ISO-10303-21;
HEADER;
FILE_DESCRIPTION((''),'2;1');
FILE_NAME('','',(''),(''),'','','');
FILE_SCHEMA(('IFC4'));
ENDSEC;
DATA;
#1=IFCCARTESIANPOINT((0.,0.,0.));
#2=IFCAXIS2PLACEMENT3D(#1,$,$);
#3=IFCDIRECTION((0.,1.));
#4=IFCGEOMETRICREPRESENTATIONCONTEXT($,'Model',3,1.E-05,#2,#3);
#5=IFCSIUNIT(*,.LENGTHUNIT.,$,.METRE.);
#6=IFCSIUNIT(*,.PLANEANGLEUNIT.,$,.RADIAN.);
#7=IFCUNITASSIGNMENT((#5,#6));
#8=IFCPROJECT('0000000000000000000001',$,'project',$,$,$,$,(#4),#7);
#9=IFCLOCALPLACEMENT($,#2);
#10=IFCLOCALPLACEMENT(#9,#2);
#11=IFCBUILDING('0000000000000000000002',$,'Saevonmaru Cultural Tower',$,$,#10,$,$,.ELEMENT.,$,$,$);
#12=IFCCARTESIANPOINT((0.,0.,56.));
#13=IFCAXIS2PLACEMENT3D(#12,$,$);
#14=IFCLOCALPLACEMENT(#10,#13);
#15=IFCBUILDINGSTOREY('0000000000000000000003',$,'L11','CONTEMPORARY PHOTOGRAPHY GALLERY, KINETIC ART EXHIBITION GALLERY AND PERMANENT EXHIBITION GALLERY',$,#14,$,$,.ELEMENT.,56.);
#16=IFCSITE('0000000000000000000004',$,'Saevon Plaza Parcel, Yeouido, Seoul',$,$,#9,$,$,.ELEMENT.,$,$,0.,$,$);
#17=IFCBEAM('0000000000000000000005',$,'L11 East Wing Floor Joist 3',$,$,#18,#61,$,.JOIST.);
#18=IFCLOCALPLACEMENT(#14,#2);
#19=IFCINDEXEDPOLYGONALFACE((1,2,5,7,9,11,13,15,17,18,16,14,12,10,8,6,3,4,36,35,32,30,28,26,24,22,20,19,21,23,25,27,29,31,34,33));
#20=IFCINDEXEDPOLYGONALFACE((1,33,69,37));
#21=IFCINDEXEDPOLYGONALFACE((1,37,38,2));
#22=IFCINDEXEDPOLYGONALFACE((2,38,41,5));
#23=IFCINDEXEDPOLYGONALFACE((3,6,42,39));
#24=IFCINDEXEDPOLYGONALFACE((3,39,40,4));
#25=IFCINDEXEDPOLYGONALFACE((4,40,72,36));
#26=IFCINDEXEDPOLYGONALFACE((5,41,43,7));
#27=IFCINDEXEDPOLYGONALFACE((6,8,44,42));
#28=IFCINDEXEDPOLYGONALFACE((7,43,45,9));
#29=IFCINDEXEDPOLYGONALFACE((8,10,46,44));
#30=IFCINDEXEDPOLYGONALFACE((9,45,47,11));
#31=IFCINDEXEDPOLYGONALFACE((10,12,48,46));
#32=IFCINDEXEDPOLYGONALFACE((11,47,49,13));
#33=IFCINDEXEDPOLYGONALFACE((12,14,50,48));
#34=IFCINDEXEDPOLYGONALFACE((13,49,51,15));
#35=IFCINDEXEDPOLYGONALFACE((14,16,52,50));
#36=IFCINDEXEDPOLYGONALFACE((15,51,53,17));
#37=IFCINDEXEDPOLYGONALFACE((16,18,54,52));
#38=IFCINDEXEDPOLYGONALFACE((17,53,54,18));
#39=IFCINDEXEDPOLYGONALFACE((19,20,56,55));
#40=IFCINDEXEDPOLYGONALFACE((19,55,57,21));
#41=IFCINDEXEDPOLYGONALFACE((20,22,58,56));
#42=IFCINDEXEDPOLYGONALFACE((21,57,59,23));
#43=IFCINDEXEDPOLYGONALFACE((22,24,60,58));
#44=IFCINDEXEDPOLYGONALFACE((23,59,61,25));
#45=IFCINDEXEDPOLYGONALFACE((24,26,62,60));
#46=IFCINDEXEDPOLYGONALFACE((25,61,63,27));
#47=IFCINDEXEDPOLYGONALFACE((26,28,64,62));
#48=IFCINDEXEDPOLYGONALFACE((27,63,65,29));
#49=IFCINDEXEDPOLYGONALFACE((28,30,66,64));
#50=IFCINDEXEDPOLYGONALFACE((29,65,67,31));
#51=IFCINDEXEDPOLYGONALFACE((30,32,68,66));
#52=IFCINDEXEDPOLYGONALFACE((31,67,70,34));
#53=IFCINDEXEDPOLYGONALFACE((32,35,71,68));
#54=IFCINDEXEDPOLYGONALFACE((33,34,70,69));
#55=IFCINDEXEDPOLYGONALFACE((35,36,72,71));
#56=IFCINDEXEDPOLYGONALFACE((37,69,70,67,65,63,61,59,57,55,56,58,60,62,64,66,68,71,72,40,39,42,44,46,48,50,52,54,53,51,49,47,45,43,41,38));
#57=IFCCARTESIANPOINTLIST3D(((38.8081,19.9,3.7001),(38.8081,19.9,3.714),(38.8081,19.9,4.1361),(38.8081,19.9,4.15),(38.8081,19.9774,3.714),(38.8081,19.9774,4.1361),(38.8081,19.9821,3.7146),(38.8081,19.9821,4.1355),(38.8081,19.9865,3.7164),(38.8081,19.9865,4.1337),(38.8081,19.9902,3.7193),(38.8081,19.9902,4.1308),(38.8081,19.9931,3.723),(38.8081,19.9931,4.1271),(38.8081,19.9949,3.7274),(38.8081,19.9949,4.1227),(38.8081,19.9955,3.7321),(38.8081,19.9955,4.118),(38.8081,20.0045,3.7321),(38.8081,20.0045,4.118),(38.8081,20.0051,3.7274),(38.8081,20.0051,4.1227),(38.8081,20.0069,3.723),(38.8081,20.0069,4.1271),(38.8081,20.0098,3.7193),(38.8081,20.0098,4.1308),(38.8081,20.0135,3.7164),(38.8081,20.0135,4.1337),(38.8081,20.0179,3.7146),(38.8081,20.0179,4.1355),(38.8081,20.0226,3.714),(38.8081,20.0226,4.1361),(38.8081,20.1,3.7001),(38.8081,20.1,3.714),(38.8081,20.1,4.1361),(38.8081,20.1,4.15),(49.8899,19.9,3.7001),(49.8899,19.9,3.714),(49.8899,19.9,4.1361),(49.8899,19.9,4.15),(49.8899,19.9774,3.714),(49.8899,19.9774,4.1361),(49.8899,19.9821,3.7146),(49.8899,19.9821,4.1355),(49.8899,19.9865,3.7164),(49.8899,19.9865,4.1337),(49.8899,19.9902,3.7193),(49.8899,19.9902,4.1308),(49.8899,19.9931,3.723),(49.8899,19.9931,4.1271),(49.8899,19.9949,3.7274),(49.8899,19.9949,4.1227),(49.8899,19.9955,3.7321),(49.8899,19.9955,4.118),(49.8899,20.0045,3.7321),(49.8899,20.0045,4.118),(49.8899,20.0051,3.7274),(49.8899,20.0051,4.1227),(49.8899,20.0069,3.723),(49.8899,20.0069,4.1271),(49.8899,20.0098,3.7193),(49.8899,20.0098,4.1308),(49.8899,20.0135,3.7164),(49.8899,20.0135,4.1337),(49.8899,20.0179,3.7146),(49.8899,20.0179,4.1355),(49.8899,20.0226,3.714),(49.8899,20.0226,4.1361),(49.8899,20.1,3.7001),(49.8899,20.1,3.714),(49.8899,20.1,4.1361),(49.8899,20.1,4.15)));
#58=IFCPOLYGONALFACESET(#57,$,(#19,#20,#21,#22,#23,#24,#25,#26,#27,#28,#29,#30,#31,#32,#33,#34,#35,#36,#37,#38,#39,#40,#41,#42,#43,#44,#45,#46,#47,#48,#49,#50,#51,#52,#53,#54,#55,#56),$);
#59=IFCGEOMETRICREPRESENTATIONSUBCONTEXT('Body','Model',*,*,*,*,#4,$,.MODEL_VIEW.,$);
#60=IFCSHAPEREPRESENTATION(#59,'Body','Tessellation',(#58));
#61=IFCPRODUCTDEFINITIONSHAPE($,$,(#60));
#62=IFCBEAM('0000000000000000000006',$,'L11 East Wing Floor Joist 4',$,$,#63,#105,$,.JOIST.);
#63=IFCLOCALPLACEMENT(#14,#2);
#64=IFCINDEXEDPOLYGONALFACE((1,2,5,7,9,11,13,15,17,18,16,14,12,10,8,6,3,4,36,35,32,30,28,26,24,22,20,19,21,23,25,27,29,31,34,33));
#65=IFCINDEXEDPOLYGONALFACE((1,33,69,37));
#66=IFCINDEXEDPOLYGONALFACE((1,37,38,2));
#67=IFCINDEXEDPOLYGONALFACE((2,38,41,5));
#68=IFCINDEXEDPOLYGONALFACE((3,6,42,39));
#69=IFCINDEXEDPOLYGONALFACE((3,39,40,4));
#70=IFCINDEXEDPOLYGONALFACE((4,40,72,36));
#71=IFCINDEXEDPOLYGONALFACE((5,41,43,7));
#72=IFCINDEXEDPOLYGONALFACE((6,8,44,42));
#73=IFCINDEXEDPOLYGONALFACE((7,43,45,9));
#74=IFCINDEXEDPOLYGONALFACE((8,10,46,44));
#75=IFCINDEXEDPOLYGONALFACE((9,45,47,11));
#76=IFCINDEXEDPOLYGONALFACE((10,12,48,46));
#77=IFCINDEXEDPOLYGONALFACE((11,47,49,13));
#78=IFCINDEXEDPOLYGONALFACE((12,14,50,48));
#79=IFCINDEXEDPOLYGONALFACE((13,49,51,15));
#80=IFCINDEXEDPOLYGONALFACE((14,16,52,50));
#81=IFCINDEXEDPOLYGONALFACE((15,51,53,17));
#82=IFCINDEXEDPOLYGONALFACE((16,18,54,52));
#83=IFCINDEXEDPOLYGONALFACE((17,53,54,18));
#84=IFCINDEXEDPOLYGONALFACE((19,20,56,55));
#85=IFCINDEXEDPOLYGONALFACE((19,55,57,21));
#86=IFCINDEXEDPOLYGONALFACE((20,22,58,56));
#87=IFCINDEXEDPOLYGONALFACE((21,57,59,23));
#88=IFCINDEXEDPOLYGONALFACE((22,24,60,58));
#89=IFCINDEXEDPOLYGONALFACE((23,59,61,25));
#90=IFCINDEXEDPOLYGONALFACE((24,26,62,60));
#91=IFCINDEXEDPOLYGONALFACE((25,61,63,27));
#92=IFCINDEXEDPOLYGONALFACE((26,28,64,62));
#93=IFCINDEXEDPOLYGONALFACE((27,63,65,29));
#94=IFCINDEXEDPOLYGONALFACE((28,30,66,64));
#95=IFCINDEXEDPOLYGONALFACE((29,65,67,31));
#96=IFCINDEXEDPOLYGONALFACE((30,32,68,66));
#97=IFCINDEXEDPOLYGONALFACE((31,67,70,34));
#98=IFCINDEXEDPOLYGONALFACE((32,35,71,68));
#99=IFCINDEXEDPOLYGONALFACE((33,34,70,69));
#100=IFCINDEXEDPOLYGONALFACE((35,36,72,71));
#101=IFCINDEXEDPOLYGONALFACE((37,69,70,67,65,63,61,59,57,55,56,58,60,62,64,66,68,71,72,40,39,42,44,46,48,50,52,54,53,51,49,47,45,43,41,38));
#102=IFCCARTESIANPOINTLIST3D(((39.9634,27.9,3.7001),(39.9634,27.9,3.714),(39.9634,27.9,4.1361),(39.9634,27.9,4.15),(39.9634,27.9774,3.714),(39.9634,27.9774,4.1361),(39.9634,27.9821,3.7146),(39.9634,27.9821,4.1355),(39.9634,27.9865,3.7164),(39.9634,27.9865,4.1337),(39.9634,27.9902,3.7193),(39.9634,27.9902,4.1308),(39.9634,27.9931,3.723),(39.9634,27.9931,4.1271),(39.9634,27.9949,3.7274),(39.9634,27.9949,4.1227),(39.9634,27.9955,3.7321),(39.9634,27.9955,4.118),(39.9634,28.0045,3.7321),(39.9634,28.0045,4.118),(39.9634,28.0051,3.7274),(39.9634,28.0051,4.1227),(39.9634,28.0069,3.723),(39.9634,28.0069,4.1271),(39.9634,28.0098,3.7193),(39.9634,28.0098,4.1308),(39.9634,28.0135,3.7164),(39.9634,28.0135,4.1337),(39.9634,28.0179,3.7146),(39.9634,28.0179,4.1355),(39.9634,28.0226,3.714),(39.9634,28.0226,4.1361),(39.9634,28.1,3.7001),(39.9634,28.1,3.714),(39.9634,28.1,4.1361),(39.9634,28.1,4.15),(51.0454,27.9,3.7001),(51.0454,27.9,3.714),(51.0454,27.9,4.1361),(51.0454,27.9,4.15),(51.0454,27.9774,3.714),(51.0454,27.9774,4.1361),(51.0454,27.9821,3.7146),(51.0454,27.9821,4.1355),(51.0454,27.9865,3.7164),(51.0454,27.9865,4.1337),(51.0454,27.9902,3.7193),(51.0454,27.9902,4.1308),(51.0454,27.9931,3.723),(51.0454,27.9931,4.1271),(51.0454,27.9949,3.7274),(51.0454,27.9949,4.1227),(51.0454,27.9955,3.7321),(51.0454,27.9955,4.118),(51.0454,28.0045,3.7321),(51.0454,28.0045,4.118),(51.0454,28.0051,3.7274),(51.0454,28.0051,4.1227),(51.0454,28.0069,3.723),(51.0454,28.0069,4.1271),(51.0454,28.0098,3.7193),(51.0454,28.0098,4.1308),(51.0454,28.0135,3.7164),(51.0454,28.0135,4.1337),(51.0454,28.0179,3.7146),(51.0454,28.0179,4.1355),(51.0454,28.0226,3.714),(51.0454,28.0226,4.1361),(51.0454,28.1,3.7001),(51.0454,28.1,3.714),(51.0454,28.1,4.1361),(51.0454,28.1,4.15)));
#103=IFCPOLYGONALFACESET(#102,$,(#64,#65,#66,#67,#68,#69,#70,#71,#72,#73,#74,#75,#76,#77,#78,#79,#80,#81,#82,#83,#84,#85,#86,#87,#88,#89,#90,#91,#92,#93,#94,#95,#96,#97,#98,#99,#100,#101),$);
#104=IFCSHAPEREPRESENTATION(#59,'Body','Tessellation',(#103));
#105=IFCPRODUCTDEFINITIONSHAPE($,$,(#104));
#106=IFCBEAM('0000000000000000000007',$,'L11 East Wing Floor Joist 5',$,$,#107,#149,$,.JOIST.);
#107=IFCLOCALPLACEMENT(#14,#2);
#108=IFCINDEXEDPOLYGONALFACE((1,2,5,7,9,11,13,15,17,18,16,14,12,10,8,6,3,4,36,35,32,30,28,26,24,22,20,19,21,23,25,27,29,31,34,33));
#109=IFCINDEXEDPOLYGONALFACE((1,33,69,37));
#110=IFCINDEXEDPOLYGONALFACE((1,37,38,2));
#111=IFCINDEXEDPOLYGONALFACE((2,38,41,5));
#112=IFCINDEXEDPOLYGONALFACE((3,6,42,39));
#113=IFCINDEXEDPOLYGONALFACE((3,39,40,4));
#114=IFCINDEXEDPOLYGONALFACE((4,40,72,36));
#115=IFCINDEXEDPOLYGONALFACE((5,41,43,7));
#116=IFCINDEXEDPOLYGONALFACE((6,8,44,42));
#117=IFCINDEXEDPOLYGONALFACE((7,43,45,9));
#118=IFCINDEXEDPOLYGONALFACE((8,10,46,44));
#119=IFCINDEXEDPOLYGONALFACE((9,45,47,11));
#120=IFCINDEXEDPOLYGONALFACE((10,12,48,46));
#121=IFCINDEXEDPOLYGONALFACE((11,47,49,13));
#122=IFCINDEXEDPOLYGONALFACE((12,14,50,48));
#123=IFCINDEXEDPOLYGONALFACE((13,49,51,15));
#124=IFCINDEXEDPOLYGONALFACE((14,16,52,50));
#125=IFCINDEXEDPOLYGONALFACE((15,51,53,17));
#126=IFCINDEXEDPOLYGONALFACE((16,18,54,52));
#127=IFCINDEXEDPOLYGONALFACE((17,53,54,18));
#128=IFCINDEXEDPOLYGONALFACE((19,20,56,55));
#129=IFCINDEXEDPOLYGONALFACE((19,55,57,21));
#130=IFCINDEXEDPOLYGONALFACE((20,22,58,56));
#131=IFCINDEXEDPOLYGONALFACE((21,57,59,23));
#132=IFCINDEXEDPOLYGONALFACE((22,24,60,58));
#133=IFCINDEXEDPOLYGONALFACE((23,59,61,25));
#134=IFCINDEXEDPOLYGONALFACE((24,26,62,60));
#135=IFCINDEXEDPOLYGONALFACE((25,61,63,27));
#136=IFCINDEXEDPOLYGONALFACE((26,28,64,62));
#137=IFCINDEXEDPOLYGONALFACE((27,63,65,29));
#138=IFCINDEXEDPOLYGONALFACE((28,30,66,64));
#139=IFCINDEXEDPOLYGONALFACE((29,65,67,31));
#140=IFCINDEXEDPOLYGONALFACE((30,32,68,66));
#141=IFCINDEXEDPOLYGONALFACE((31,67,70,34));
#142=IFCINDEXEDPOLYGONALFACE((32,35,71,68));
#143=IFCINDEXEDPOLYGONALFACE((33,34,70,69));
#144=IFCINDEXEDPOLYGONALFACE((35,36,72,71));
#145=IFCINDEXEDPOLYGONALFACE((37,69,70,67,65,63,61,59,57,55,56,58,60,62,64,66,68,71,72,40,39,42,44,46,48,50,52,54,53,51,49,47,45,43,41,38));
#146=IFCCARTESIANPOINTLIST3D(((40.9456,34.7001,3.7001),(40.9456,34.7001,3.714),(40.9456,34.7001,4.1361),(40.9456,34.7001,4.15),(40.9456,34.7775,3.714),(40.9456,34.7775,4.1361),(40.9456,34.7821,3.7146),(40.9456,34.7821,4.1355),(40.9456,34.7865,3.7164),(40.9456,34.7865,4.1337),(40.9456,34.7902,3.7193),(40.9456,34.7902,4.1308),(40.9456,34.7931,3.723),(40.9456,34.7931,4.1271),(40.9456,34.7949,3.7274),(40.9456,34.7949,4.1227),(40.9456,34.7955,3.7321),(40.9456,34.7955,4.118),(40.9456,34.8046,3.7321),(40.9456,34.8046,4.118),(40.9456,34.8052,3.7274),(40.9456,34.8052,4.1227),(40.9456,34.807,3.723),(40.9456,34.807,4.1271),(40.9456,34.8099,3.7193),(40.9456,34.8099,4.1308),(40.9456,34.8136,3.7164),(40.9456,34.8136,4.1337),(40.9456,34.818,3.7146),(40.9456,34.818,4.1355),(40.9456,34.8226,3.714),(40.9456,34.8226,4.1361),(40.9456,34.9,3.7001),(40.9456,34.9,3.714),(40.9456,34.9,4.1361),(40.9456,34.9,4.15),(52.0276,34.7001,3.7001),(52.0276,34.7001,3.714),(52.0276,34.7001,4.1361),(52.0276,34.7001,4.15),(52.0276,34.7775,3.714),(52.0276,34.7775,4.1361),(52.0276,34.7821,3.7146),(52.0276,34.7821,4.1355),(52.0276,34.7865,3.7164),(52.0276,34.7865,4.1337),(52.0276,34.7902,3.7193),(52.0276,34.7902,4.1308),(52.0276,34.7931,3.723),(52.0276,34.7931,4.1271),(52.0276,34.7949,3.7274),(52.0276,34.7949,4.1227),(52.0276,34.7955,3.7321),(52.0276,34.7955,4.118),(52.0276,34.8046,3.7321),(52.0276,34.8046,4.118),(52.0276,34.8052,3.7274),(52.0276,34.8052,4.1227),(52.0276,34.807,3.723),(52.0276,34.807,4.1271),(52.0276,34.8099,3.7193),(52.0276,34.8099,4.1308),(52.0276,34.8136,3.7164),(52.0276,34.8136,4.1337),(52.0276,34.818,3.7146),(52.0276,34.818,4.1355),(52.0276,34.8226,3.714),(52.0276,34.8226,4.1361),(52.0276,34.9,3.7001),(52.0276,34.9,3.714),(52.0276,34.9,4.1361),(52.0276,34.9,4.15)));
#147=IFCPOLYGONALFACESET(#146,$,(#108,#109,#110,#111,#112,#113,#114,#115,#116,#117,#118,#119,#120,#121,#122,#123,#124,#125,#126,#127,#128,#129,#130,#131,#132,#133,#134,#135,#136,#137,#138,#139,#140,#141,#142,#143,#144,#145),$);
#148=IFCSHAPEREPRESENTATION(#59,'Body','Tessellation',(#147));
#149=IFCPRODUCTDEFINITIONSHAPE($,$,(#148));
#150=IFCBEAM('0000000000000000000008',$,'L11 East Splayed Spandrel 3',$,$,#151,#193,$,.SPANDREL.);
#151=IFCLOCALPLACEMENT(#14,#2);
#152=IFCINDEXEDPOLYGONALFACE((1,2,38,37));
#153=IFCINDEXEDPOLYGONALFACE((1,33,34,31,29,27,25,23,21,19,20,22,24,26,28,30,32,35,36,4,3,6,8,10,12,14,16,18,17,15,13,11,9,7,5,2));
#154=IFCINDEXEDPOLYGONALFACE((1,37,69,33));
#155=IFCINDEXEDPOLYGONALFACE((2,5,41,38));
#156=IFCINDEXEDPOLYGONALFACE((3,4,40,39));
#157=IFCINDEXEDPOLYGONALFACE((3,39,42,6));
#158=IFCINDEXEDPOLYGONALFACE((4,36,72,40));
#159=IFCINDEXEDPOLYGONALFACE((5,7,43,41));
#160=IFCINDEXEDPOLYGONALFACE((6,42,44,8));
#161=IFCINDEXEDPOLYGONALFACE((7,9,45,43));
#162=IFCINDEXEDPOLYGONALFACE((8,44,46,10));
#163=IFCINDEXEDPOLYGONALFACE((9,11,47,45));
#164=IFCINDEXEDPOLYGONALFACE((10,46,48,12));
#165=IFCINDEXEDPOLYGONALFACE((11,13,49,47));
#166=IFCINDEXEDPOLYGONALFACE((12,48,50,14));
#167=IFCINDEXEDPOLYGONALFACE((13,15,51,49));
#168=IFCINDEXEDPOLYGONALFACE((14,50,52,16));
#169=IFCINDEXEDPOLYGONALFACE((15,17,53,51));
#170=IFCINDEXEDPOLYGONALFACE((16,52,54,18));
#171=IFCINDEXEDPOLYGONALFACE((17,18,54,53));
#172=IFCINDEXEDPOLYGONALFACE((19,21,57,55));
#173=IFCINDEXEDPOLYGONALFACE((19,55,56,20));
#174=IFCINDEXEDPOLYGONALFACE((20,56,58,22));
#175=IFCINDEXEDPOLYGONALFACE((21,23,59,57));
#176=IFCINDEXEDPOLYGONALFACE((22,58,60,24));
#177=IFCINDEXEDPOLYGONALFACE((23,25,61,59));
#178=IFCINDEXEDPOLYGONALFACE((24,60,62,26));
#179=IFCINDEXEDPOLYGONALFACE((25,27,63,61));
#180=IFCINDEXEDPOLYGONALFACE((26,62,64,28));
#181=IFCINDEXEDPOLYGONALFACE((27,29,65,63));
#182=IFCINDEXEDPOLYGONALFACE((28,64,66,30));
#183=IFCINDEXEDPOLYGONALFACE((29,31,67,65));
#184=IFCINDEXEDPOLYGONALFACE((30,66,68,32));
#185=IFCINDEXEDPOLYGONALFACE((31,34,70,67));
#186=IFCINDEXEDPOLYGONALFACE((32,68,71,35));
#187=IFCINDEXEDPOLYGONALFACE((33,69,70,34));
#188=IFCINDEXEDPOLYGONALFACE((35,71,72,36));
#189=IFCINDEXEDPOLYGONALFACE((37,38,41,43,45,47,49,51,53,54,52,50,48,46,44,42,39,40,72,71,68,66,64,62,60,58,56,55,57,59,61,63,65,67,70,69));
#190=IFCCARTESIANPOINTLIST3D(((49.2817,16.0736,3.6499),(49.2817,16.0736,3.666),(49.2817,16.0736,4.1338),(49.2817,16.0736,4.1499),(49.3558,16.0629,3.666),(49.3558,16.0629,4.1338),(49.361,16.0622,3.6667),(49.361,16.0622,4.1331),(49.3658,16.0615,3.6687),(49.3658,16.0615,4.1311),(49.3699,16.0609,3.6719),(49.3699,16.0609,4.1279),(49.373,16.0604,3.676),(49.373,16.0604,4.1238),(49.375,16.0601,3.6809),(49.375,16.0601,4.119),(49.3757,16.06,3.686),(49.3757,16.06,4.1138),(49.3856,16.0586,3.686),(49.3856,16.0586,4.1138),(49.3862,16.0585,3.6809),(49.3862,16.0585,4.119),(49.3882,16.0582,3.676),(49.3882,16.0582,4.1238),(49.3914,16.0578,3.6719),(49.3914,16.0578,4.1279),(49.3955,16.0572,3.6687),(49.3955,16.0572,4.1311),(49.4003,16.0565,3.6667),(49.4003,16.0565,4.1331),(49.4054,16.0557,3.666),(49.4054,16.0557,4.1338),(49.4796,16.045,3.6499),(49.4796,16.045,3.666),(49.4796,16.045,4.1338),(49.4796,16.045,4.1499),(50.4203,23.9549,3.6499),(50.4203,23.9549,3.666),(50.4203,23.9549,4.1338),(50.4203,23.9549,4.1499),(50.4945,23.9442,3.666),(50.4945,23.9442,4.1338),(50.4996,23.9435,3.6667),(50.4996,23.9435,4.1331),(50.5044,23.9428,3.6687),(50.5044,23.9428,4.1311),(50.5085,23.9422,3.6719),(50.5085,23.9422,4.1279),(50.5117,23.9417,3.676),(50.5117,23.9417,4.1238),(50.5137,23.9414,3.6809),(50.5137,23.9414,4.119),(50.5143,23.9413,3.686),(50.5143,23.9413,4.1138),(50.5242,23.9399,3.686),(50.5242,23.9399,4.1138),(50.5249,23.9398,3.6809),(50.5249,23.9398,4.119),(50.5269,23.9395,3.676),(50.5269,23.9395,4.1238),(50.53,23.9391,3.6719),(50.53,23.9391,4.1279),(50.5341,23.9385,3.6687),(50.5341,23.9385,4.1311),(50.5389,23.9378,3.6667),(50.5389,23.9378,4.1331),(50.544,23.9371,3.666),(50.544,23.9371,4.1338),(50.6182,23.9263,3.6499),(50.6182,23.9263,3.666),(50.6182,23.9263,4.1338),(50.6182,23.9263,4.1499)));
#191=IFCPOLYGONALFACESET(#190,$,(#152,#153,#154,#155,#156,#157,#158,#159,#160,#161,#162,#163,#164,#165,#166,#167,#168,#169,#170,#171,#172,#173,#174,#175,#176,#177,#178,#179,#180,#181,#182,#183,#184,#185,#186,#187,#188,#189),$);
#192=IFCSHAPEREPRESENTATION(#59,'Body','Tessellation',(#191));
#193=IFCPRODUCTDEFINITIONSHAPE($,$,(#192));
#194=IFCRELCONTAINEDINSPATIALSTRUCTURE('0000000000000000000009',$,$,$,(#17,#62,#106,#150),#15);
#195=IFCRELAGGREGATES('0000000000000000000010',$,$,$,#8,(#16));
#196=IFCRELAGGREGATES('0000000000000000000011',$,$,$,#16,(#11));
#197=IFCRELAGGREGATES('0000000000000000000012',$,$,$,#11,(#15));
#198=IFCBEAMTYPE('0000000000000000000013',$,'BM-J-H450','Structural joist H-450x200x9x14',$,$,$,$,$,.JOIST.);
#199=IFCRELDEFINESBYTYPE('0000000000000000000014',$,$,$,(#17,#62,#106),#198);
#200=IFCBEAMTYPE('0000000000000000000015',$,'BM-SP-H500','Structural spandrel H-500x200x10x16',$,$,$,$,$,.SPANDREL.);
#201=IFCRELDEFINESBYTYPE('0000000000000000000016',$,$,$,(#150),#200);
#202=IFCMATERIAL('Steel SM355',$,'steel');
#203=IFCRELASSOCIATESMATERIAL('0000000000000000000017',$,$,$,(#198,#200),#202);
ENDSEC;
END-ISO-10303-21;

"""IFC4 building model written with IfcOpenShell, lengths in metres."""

from ifc_helpers import new_model, si_unit, direction, frame, origin, origin_2d, place, context, subcontext, project, spatial, i_section, extrude, material, material_profile, profile_set, type_object, element, save


model = new_model("IFC4")

# Units and contexts
model_context = context("Model", 3, precision=1e-05, world=origin(), true_north=direction((0.0, 1.0)))
body_context = subcontext(model_context, "Body", "Model", "MODEL_VIEW")
ifc_project = project(units=[si_unit("LENGTHUNIT", "METRE"), si_unit("PLANEANGLEUNIT", "RADIAN")], contexts=[model_context])

# Site, building, storey
site_placement = place(None, origin())
site = spatial("IfcSite", under=ifc_project, at=site_placement, Name="Saevon Plaza Parcel, Yeouido, Seoul", CompositionType="ELEMENT", RefElevation=0.0)
building_placement = place(site_placement, origin())
building = spatial("IfcBuilding", under=site, at=building_placement, Name="Saevonmaru Cultural Tower", CompositionType="ELEMENT")
storey_placement = place(building_placement, frame((0.0, 0.0, 56.0)))
storey = spatial("IfcBuildingStorey", under=building, at=storey_placement, Name="L11", Description="CONTEMPORARY PHOTOGRAPHY GALLERY, KINETIC ART EXHIBITION GALLERY AND PERMANENT EXHIBITION GALLERY", CompositionType="ELEMENT", Elevation=56.0)

# Beams
ifc_material_1 = material(Name="Steel SM355", Category="steel")
ifc_material_profile_1 = material_profile(ifc_material_1, i_section(OverallWidth=0.2, OverallDepth=0.45, WebThickness=0.009, FlangeThickness=0.0139, FilletRadius=0.0181, at=origin_2d()), Name="H-450x200x9x14")
ifc_profile_set_1 = profile_set([ifc_material_profile_1], Name="Steel SM355")
beam_type_1 = type_object("IfcBeamType", Name="BM-J-H450", Description="Structural joist H-450x200x9x14", PredefinedType="JOIST", material=ifc_profile_set_1)
beam_1_placement = place(storey_placement, frame((38.8081, 20.0, 3.925), z_axis=(1.0, 0.0, 0.0), x_axis=(0.0, 1.0, 0.0)))
element("IfcBeam", 1, at=beam_1_placement, inside=storey, type_object=beam_type_1, Name="L11 East Wing Floor Joist 3", PredefinedType="JOIST", context=body_context, shape_type="SweptSolid", body=[
    extrude(i_section(OverallWidth=0.2, OverallDepth=0.45, WebThickness=0.009, FlangeThickness=0.0139, FilletRadius=0.0181, at=origin_2d()), origin(), (0.0, 0.0, 1.0), 11.0818),
])
for number, where, z_axis, x_axis, name in (
    (2, (39.9634, 28.0, 3.925), (1.0, 0.0, 0.0), (0.0, 1.0, 0.0), "L11 East Wing Floor Joist 4"),
    (3, (40.9456, 34.8, 3.925), (1.0, 0.0, 0.0), (0.0, 1.0, 0.0), "L11 East Wing Floor Joist 5"),
):
    element("IfcBeam", number, at=place(storey_placement, frame(where, z_axis=z_axis, x_axis=x_axis)), inside=storey, type_object=beam_type_1, Name=name, PredefinedType="JOIST", context=body_context, shape_type="SweptSolid", body=[
        extrude(i_section(OverallWidth=0.2, OverallDepth=0.45, WebThickness=0.009, FlangeThickness=0.0139, FilletRadius=0.0181, at=origin_2d()), origin(), (0.0, 0.0, 1.0), 11.082),
    ])
ifc_material_profile_2 = material_profile(ifc_material_1, i_section(OverallWidth=0.2, OverallDepth=0.5, WebThickness=0.01, FlangeThickness=0.0161, FilletRadius=0.02, at=origin_2d()), Name="H-500x200x10x16")
ifc_profile_set_2 = profile_set([ifc_material_profile_2], Name="Steel SM355")
beam_type_2 = type_object("IfcBeamType", Name="BM-SP-H500", Description="Structural spandrel H-500x200x10x16", PredefinedType="SPANDREL", material=ifc_profile_set_2)
beam_2_placement = place(storey_placement, frame((49.3806, 16.0593, 3.8999), z_axis=(0.142992, 0.989724, 0.0), x_axis=(-0.989724, 0.142992, 0.0)))
element("IfcBeam", 4, at=beam_2_placement, inside=storey, type_object=beam_type_2, Name="L11 East Splayed Spandrel 3", PredefinedType="SPANDREL", context=body_context, shape_type="SweptSolid", body=[
    extrude(i_section(OverallWidth=0.2, OverallDepth=0.5, WebThickness=0.01, FlangeThickness=0.0161, FilletRadius=0.02, at=origin_2d()), origin(), (0.0, 0.0, 1.0), 7.9631),
])

save(model, "model.ifc")
